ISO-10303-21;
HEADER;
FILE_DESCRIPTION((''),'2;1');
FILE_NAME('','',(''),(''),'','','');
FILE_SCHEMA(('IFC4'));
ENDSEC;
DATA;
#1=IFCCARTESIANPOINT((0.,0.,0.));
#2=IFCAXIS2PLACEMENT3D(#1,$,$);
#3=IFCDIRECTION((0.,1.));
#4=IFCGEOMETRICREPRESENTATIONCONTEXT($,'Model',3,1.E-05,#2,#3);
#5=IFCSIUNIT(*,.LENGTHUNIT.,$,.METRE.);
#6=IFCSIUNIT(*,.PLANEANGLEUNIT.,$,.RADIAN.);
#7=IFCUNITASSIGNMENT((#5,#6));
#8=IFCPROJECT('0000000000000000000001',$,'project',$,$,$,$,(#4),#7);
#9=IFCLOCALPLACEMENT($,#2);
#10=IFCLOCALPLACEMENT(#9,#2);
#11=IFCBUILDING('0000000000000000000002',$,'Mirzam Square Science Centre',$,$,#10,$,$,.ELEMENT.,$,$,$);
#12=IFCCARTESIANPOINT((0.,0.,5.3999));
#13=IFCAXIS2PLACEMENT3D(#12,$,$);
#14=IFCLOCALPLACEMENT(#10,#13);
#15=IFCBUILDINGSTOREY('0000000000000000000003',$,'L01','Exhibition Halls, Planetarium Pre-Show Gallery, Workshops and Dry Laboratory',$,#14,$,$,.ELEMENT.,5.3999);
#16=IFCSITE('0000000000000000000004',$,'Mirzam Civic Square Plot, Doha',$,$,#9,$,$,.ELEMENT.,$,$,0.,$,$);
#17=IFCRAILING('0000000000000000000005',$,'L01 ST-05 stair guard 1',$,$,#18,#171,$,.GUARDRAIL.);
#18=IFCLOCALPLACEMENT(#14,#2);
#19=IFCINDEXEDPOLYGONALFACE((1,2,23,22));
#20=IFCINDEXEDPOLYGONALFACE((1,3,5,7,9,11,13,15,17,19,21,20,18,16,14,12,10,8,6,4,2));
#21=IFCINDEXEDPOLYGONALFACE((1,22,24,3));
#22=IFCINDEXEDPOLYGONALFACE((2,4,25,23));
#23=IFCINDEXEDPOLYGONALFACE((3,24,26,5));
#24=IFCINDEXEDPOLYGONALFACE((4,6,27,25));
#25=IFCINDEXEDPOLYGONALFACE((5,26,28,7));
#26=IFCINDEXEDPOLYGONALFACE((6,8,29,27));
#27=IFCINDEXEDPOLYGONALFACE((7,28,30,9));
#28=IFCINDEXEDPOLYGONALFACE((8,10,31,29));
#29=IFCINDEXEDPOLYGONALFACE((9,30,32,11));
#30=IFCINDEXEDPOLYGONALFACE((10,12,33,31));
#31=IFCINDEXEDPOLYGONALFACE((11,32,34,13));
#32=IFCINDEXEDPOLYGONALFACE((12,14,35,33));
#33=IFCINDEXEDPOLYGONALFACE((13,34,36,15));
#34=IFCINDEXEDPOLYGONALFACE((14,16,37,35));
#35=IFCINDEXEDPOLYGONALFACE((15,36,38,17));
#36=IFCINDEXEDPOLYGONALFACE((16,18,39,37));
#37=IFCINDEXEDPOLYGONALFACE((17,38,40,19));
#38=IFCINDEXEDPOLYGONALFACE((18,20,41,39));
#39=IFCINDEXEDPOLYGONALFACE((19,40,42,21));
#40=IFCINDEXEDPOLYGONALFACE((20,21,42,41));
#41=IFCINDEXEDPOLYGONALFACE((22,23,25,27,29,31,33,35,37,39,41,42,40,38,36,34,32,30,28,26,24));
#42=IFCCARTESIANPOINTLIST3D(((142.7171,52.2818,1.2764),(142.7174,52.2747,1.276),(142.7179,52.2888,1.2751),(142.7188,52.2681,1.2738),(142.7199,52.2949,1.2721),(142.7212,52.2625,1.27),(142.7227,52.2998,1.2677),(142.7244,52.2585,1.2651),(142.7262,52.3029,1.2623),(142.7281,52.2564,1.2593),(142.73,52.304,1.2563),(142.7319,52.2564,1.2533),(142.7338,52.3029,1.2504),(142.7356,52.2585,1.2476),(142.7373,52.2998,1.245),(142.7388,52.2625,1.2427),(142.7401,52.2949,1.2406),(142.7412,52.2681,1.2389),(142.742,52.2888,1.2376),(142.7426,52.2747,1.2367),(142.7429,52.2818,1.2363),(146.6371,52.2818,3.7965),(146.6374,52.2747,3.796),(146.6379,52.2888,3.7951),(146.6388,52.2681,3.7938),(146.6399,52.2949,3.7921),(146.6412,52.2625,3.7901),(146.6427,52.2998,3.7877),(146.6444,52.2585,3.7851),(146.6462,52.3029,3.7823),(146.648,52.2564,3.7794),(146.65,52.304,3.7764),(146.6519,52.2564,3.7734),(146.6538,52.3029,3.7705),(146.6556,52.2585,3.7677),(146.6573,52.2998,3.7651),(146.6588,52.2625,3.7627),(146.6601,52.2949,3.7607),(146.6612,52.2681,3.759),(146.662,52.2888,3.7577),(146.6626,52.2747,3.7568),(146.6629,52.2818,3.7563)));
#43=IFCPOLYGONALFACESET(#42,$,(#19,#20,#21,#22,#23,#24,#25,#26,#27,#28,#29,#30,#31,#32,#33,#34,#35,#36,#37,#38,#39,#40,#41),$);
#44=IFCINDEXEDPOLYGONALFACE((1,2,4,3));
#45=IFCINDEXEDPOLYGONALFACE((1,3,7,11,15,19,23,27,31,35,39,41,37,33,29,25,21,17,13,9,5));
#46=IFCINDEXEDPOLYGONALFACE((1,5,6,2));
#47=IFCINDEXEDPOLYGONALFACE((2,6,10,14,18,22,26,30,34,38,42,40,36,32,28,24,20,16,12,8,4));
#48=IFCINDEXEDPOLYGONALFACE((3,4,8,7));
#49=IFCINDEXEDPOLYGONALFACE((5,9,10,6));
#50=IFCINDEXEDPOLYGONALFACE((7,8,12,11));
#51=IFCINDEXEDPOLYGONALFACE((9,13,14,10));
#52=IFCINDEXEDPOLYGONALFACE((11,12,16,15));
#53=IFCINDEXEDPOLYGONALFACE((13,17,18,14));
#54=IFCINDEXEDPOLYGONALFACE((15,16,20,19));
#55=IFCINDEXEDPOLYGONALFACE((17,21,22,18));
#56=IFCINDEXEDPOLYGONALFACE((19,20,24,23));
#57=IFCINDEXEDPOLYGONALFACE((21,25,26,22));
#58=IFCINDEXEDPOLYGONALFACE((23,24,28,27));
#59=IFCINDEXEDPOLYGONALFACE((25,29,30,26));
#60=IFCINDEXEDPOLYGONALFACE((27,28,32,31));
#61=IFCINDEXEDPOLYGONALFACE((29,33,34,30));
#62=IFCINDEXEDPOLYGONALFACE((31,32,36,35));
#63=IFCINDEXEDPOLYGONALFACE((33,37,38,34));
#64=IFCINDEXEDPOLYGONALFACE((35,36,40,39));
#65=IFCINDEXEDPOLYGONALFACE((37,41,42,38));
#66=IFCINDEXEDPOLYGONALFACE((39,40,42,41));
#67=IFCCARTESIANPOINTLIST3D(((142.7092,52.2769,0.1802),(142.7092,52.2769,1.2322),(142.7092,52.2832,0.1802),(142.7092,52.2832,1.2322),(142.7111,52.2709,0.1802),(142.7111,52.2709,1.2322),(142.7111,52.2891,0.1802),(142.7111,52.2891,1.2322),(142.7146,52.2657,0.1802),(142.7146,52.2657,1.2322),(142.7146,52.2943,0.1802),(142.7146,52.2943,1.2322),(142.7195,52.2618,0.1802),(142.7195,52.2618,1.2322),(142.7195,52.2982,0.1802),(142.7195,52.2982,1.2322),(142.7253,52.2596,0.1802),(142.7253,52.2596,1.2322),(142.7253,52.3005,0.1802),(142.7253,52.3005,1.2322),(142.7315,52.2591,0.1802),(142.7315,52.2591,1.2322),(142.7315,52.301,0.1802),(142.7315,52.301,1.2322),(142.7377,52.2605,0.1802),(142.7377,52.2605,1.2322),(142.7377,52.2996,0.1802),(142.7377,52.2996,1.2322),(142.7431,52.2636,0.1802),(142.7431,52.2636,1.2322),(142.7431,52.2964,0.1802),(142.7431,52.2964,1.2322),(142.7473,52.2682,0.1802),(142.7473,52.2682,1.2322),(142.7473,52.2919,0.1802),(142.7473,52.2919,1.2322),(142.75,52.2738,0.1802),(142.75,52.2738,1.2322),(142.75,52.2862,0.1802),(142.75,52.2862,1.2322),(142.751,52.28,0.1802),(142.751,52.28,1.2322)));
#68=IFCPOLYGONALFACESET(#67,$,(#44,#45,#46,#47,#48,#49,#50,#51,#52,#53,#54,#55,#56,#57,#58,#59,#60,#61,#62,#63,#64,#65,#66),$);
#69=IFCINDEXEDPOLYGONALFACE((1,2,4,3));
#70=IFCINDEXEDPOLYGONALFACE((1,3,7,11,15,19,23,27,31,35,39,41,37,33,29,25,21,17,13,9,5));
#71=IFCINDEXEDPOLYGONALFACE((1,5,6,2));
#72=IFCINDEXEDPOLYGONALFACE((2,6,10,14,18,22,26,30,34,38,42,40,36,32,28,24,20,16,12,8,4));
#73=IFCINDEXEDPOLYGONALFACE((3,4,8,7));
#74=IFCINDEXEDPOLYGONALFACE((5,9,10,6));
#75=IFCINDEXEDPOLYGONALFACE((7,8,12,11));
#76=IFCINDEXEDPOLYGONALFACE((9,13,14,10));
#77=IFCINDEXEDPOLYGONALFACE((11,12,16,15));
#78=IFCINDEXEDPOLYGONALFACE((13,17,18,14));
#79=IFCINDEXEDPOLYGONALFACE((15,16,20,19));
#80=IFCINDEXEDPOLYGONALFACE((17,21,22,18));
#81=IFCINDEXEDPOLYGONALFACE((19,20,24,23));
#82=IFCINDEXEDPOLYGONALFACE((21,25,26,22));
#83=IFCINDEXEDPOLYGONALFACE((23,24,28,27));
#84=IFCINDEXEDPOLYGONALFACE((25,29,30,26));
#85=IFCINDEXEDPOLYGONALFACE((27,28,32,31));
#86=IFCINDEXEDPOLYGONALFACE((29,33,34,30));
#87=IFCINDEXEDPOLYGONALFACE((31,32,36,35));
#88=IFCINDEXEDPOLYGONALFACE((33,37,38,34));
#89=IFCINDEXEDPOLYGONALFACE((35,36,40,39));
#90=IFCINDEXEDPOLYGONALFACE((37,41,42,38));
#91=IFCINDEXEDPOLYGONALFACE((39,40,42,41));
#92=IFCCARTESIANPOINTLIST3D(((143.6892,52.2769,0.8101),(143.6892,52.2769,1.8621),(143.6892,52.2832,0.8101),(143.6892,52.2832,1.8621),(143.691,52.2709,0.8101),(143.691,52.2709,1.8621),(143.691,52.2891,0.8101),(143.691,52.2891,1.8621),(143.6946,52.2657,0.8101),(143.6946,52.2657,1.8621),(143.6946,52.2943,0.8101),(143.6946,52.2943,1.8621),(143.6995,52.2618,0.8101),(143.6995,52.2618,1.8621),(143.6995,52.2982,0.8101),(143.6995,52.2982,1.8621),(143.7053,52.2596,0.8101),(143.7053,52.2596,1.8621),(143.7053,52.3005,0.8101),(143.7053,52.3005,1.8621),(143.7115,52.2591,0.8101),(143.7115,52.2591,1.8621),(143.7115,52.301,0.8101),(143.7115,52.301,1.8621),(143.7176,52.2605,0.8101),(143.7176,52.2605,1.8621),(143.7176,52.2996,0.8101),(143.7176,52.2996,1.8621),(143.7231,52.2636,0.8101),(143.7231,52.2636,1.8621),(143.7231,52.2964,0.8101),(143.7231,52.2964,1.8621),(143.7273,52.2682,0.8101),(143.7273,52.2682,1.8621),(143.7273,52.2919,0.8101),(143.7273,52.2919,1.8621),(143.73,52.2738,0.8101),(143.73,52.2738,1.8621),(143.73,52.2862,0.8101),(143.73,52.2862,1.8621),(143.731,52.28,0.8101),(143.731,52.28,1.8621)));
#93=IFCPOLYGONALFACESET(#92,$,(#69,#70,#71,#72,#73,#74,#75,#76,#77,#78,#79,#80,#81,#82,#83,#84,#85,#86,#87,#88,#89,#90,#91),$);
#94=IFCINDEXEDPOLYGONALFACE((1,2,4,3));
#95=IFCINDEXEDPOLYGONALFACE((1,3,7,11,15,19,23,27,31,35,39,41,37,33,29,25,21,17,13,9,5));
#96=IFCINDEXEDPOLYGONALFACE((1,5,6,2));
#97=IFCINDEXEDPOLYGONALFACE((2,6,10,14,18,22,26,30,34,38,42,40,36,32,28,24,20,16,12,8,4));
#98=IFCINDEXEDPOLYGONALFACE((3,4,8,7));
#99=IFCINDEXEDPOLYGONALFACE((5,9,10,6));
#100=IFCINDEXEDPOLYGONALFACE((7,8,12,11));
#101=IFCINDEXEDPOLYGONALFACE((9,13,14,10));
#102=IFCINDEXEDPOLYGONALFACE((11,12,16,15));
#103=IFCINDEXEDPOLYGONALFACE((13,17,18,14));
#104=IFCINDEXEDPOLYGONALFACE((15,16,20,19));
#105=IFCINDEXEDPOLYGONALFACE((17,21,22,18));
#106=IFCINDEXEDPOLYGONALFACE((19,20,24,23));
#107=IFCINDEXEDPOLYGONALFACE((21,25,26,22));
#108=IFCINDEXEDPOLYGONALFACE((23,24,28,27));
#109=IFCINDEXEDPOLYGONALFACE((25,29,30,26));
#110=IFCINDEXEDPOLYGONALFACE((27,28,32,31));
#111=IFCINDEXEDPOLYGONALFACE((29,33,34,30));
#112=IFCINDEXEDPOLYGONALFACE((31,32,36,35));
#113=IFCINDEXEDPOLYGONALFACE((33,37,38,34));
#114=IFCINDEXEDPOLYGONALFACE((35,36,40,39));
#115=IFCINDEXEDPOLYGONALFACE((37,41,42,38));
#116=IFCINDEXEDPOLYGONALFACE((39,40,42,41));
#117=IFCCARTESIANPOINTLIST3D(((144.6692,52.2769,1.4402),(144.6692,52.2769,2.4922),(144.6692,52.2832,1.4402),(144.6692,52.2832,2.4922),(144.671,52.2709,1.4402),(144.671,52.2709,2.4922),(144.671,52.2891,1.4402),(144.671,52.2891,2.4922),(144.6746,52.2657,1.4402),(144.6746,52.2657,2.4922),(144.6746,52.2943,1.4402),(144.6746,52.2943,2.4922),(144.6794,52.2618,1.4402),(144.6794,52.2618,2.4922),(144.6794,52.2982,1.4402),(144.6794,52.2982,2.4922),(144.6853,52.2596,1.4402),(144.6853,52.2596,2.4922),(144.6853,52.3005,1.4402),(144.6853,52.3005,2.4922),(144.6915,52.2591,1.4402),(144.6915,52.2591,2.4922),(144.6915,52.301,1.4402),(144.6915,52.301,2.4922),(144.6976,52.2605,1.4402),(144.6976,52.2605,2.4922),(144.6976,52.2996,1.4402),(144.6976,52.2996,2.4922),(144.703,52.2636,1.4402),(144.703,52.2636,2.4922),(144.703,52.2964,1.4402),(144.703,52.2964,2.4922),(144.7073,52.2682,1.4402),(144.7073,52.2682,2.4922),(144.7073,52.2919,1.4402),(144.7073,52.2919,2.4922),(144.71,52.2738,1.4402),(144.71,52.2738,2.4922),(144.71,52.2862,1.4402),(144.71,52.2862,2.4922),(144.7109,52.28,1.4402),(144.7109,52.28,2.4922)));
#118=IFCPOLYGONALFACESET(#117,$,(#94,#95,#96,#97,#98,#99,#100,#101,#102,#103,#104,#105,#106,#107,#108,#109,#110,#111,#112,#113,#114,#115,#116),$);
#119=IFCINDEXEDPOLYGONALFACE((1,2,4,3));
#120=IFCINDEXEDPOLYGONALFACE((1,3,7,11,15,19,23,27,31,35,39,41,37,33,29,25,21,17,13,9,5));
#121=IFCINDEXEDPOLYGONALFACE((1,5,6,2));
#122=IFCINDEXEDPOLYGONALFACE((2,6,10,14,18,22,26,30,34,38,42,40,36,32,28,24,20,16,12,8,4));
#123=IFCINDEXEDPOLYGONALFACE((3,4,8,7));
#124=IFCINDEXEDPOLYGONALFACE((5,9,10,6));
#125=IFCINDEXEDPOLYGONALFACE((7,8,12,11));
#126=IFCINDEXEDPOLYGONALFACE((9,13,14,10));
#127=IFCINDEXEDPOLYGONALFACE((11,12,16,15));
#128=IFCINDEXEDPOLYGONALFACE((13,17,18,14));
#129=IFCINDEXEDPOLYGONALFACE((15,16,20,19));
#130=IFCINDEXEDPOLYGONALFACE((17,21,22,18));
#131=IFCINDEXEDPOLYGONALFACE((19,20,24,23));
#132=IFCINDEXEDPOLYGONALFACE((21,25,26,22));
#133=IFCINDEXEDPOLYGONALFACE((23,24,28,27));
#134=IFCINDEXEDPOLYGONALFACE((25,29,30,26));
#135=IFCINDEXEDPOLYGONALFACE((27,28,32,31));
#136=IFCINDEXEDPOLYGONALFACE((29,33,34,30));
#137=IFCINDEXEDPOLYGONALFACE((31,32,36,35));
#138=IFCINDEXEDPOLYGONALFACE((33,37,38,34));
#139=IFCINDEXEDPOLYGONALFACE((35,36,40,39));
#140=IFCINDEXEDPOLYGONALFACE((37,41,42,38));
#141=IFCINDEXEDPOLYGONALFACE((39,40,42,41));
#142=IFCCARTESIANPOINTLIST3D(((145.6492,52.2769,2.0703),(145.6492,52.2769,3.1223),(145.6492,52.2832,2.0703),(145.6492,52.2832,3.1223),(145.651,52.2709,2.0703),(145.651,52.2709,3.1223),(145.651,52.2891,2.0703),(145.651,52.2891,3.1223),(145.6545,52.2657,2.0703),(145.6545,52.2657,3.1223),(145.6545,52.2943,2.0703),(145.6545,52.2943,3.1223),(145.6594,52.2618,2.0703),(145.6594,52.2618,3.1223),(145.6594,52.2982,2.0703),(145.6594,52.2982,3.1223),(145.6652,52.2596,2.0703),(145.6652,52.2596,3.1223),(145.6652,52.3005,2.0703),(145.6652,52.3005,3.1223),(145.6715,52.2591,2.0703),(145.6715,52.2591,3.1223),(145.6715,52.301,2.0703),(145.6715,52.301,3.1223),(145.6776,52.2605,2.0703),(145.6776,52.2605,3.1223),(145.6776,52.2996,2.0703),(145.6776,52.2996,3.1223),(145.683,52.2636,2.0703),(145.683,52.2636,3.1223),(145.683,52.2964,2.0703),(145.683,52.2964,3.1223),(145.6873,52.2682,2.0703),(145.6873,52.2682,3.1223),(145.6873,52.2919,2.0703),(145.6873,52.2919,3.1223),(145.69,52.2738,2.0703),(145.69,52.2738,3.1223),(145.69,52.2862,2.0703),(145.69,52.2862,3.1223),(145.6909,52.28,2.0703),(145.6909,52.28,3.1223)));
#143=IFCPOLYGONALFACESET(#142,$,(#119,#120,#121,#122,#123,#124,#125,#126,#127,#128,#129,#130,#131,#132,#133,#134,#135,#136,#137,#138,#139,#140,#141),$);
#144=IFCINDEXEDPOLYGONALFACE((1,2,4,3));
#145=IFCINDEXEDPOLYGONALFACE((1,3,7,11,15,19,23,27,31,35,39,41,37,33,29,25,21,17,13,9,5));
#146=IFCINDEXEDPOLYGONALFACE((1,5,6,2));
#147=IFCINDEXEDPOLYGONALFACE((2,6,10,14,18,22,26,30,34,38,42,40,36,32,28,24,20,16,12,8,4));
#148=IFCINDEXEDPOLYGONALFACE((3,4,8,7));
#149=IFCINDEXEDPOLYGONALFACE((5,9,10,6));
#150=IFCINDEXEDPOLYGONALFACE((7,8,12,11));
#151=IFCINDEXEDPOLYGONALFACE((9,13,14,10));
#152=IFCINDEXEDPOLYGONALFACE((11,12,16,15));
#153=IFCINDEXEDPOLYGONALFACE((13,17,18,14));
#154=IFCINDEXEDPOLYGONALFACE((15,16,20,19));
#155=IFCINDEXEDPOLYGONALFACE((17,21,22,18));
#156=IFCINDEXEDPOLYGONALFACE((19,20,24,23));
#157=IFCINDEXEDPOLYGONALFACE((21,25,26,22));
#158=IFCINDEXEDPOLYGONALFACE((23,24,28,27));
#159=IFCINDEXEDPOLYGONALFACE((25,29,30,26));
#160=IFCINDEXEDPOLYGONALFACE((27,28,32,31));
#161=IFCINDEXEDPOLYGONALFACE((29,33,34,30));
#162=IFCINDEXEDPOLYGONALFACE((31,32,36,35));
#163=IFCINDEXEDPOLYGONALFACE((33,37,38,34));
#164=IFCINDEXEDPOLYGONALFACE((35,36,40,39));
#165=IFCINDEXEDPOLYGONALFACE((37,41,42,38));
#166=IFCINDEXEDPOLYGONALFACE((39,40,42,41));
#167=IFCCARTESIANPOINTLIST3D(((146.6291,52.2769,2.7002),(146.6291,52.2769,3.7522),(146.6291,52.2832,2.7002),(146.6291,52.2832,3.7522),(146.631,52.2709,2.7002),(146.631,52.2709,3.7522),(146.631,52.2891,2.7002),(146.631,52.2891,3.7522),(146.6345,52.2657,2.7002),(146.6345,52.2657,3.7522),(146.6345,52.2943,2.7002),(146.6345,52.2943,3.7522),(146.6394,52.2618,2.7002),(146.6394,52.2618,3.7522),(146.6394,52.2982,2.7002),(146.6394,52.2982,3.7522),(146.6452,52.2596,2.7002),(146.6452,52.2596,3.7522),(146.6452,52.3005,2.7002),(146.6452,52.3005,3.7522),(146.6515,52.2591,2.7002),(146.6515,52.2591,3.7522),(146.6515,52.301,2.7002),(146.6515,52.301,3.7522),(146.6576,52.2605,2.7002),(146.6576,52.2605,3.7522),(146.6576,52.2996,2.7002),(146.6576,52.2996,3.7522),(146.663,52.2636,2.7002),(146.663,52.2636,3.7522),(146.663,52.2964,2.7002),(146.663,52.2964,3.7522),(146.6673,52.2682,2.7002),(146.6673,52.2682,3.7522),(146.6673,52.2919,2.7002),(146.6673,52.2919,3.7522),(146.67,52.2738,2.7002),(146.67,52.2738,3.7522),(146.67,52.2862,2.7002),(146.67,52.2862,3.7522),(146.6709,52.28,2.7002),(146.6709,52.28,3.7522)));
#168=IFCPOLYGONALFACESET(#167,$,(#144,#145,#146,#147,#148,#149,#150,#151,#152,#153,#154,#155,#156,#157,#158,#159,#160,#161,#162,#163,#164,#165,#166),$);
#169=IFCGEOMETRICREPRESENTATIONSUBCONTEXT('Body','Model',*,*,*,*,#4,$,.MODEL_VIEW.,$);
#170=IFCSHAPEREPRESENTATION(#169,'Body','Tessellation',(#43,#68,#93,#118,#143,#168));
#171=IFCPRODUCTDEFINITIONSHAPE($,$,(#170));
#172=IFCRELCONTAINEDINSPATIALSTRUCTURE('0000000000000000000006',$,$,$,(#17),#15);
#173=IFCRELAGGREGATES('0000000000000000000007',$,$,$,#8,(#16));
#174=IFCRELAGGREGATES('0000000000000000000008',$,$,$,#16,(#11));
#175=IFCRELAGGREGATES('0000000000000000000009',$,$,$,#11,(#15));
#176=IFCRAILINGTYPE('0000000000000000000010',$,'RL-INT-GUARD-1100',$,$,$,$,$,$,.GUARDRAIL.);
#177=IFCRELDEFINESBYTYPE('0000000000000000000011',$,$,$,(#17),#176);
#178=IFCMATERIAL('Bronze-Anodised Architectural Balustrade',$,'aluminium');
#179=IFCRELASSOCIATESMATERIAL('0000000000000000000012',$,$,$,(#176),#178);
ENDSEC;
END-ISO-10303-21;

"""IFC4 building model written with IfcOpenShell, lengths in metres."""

from ifc_helpers import new_model, si_unit, direction, frame, origin, origin_2d, place, context, subcontext, project, spatial, circle, extrude, material, type_object, element, save


model = new_model("IFC4")

# Units and contexts
model_context = context("Model", 3, precision=1e-05, world=origin(), true_north=direction((0.0, 1.0)))
body_context = subcontext(model_context, "Body", "Model", "MODEL_VIEW")
ifc_project = project(units=[si_unit("LENGTHUNIT", "METRE"), si_unit("PLANEANGLEUNIT", "RADIAN")], contexts=[model_context])

# Site, building, storey
site_placement = place(None, origin())
site = spatial("IfcSite", under=ifc_project, at=site_placement, Name="Mirzam Civic Square Plot, Doha", CompositionType="ELEMENT", RefElevation=0.0)
building_placement = place(site_placement, origin())
building = spatial("IfcBuilding", under=site, at=building_placement, Name="Mirzam Square Science Centre", CompositionType="ELEMENT")
storey_placement = place(building_placement, frame((0.0, 0.0, 5.3999)))
storey = spatial("IfcBuildingStorey", under=building, at=storey_placement, Name="L01", Description="Exhibition Halls, Planetarium Pre-Show Gallery, Workshops and Dry Laboratory", CompositionType="ELEMENT", Elevation=5.3999)

# Railing
ifc_material_1 = material(Name="Bronze-Anodised Architectural Balustrade", Category="aluminium")
railing_type_1 = type_object("IfcRailingType", Name="RL-INT-GUARD-1100", PredefinedType="GUARDRAIL", material=ifc_material_1)
railing_1_placement = place(storey_placement, frame((142.73, 52.28, 0.1802)))
element("IfcRailing", 1, at=railing_1_placement, inside=storey, type_object=railing_type_1, Name="L01 ST-05 stair guard 1", PredefinedType="GUARDRAIL", context=body_context, shape_type="SweptSolid", body=[
    extrude(circle(Radius=0.0239, at=origin_2d()), frame((0.0, 0.0, 1.0762), z_axis=(0.841172, 0.0, 0.540768), x_axis=(0.0, 1.0, 0.0)), (0.0, 0.0, 1.0), 4.6602),
    extrude(circle(Radius=0.021, at=origin_2d()), origin(), (0.0, 0.0, 1.0), 1.052),
    extrude(circle(Radius=0.021, at=origin_2d()), frame((0.98, 0.0, 0.6299)), (0.0, 0.0, 1.0), 1.052),
    extrude(circle(Radius=0.021, at=origin_2d()), frame((1.96, 0.0, 1.26)), (0.0, 0.0, 1.0), 1.052),
    extrude(circle(Radius=0.021, at=origin_2d()), frame((2.9399, 0.0, 1.8901)), (0.0, 0.0, 1.0), 1.052),
    extrude(circle(Radius=0.021, at=origin_2d()), frame((3.9199, 0.0, 2.52)), (0.0, 0.0, 1.0), 1.052),
])

save(model, "model.ifc")
